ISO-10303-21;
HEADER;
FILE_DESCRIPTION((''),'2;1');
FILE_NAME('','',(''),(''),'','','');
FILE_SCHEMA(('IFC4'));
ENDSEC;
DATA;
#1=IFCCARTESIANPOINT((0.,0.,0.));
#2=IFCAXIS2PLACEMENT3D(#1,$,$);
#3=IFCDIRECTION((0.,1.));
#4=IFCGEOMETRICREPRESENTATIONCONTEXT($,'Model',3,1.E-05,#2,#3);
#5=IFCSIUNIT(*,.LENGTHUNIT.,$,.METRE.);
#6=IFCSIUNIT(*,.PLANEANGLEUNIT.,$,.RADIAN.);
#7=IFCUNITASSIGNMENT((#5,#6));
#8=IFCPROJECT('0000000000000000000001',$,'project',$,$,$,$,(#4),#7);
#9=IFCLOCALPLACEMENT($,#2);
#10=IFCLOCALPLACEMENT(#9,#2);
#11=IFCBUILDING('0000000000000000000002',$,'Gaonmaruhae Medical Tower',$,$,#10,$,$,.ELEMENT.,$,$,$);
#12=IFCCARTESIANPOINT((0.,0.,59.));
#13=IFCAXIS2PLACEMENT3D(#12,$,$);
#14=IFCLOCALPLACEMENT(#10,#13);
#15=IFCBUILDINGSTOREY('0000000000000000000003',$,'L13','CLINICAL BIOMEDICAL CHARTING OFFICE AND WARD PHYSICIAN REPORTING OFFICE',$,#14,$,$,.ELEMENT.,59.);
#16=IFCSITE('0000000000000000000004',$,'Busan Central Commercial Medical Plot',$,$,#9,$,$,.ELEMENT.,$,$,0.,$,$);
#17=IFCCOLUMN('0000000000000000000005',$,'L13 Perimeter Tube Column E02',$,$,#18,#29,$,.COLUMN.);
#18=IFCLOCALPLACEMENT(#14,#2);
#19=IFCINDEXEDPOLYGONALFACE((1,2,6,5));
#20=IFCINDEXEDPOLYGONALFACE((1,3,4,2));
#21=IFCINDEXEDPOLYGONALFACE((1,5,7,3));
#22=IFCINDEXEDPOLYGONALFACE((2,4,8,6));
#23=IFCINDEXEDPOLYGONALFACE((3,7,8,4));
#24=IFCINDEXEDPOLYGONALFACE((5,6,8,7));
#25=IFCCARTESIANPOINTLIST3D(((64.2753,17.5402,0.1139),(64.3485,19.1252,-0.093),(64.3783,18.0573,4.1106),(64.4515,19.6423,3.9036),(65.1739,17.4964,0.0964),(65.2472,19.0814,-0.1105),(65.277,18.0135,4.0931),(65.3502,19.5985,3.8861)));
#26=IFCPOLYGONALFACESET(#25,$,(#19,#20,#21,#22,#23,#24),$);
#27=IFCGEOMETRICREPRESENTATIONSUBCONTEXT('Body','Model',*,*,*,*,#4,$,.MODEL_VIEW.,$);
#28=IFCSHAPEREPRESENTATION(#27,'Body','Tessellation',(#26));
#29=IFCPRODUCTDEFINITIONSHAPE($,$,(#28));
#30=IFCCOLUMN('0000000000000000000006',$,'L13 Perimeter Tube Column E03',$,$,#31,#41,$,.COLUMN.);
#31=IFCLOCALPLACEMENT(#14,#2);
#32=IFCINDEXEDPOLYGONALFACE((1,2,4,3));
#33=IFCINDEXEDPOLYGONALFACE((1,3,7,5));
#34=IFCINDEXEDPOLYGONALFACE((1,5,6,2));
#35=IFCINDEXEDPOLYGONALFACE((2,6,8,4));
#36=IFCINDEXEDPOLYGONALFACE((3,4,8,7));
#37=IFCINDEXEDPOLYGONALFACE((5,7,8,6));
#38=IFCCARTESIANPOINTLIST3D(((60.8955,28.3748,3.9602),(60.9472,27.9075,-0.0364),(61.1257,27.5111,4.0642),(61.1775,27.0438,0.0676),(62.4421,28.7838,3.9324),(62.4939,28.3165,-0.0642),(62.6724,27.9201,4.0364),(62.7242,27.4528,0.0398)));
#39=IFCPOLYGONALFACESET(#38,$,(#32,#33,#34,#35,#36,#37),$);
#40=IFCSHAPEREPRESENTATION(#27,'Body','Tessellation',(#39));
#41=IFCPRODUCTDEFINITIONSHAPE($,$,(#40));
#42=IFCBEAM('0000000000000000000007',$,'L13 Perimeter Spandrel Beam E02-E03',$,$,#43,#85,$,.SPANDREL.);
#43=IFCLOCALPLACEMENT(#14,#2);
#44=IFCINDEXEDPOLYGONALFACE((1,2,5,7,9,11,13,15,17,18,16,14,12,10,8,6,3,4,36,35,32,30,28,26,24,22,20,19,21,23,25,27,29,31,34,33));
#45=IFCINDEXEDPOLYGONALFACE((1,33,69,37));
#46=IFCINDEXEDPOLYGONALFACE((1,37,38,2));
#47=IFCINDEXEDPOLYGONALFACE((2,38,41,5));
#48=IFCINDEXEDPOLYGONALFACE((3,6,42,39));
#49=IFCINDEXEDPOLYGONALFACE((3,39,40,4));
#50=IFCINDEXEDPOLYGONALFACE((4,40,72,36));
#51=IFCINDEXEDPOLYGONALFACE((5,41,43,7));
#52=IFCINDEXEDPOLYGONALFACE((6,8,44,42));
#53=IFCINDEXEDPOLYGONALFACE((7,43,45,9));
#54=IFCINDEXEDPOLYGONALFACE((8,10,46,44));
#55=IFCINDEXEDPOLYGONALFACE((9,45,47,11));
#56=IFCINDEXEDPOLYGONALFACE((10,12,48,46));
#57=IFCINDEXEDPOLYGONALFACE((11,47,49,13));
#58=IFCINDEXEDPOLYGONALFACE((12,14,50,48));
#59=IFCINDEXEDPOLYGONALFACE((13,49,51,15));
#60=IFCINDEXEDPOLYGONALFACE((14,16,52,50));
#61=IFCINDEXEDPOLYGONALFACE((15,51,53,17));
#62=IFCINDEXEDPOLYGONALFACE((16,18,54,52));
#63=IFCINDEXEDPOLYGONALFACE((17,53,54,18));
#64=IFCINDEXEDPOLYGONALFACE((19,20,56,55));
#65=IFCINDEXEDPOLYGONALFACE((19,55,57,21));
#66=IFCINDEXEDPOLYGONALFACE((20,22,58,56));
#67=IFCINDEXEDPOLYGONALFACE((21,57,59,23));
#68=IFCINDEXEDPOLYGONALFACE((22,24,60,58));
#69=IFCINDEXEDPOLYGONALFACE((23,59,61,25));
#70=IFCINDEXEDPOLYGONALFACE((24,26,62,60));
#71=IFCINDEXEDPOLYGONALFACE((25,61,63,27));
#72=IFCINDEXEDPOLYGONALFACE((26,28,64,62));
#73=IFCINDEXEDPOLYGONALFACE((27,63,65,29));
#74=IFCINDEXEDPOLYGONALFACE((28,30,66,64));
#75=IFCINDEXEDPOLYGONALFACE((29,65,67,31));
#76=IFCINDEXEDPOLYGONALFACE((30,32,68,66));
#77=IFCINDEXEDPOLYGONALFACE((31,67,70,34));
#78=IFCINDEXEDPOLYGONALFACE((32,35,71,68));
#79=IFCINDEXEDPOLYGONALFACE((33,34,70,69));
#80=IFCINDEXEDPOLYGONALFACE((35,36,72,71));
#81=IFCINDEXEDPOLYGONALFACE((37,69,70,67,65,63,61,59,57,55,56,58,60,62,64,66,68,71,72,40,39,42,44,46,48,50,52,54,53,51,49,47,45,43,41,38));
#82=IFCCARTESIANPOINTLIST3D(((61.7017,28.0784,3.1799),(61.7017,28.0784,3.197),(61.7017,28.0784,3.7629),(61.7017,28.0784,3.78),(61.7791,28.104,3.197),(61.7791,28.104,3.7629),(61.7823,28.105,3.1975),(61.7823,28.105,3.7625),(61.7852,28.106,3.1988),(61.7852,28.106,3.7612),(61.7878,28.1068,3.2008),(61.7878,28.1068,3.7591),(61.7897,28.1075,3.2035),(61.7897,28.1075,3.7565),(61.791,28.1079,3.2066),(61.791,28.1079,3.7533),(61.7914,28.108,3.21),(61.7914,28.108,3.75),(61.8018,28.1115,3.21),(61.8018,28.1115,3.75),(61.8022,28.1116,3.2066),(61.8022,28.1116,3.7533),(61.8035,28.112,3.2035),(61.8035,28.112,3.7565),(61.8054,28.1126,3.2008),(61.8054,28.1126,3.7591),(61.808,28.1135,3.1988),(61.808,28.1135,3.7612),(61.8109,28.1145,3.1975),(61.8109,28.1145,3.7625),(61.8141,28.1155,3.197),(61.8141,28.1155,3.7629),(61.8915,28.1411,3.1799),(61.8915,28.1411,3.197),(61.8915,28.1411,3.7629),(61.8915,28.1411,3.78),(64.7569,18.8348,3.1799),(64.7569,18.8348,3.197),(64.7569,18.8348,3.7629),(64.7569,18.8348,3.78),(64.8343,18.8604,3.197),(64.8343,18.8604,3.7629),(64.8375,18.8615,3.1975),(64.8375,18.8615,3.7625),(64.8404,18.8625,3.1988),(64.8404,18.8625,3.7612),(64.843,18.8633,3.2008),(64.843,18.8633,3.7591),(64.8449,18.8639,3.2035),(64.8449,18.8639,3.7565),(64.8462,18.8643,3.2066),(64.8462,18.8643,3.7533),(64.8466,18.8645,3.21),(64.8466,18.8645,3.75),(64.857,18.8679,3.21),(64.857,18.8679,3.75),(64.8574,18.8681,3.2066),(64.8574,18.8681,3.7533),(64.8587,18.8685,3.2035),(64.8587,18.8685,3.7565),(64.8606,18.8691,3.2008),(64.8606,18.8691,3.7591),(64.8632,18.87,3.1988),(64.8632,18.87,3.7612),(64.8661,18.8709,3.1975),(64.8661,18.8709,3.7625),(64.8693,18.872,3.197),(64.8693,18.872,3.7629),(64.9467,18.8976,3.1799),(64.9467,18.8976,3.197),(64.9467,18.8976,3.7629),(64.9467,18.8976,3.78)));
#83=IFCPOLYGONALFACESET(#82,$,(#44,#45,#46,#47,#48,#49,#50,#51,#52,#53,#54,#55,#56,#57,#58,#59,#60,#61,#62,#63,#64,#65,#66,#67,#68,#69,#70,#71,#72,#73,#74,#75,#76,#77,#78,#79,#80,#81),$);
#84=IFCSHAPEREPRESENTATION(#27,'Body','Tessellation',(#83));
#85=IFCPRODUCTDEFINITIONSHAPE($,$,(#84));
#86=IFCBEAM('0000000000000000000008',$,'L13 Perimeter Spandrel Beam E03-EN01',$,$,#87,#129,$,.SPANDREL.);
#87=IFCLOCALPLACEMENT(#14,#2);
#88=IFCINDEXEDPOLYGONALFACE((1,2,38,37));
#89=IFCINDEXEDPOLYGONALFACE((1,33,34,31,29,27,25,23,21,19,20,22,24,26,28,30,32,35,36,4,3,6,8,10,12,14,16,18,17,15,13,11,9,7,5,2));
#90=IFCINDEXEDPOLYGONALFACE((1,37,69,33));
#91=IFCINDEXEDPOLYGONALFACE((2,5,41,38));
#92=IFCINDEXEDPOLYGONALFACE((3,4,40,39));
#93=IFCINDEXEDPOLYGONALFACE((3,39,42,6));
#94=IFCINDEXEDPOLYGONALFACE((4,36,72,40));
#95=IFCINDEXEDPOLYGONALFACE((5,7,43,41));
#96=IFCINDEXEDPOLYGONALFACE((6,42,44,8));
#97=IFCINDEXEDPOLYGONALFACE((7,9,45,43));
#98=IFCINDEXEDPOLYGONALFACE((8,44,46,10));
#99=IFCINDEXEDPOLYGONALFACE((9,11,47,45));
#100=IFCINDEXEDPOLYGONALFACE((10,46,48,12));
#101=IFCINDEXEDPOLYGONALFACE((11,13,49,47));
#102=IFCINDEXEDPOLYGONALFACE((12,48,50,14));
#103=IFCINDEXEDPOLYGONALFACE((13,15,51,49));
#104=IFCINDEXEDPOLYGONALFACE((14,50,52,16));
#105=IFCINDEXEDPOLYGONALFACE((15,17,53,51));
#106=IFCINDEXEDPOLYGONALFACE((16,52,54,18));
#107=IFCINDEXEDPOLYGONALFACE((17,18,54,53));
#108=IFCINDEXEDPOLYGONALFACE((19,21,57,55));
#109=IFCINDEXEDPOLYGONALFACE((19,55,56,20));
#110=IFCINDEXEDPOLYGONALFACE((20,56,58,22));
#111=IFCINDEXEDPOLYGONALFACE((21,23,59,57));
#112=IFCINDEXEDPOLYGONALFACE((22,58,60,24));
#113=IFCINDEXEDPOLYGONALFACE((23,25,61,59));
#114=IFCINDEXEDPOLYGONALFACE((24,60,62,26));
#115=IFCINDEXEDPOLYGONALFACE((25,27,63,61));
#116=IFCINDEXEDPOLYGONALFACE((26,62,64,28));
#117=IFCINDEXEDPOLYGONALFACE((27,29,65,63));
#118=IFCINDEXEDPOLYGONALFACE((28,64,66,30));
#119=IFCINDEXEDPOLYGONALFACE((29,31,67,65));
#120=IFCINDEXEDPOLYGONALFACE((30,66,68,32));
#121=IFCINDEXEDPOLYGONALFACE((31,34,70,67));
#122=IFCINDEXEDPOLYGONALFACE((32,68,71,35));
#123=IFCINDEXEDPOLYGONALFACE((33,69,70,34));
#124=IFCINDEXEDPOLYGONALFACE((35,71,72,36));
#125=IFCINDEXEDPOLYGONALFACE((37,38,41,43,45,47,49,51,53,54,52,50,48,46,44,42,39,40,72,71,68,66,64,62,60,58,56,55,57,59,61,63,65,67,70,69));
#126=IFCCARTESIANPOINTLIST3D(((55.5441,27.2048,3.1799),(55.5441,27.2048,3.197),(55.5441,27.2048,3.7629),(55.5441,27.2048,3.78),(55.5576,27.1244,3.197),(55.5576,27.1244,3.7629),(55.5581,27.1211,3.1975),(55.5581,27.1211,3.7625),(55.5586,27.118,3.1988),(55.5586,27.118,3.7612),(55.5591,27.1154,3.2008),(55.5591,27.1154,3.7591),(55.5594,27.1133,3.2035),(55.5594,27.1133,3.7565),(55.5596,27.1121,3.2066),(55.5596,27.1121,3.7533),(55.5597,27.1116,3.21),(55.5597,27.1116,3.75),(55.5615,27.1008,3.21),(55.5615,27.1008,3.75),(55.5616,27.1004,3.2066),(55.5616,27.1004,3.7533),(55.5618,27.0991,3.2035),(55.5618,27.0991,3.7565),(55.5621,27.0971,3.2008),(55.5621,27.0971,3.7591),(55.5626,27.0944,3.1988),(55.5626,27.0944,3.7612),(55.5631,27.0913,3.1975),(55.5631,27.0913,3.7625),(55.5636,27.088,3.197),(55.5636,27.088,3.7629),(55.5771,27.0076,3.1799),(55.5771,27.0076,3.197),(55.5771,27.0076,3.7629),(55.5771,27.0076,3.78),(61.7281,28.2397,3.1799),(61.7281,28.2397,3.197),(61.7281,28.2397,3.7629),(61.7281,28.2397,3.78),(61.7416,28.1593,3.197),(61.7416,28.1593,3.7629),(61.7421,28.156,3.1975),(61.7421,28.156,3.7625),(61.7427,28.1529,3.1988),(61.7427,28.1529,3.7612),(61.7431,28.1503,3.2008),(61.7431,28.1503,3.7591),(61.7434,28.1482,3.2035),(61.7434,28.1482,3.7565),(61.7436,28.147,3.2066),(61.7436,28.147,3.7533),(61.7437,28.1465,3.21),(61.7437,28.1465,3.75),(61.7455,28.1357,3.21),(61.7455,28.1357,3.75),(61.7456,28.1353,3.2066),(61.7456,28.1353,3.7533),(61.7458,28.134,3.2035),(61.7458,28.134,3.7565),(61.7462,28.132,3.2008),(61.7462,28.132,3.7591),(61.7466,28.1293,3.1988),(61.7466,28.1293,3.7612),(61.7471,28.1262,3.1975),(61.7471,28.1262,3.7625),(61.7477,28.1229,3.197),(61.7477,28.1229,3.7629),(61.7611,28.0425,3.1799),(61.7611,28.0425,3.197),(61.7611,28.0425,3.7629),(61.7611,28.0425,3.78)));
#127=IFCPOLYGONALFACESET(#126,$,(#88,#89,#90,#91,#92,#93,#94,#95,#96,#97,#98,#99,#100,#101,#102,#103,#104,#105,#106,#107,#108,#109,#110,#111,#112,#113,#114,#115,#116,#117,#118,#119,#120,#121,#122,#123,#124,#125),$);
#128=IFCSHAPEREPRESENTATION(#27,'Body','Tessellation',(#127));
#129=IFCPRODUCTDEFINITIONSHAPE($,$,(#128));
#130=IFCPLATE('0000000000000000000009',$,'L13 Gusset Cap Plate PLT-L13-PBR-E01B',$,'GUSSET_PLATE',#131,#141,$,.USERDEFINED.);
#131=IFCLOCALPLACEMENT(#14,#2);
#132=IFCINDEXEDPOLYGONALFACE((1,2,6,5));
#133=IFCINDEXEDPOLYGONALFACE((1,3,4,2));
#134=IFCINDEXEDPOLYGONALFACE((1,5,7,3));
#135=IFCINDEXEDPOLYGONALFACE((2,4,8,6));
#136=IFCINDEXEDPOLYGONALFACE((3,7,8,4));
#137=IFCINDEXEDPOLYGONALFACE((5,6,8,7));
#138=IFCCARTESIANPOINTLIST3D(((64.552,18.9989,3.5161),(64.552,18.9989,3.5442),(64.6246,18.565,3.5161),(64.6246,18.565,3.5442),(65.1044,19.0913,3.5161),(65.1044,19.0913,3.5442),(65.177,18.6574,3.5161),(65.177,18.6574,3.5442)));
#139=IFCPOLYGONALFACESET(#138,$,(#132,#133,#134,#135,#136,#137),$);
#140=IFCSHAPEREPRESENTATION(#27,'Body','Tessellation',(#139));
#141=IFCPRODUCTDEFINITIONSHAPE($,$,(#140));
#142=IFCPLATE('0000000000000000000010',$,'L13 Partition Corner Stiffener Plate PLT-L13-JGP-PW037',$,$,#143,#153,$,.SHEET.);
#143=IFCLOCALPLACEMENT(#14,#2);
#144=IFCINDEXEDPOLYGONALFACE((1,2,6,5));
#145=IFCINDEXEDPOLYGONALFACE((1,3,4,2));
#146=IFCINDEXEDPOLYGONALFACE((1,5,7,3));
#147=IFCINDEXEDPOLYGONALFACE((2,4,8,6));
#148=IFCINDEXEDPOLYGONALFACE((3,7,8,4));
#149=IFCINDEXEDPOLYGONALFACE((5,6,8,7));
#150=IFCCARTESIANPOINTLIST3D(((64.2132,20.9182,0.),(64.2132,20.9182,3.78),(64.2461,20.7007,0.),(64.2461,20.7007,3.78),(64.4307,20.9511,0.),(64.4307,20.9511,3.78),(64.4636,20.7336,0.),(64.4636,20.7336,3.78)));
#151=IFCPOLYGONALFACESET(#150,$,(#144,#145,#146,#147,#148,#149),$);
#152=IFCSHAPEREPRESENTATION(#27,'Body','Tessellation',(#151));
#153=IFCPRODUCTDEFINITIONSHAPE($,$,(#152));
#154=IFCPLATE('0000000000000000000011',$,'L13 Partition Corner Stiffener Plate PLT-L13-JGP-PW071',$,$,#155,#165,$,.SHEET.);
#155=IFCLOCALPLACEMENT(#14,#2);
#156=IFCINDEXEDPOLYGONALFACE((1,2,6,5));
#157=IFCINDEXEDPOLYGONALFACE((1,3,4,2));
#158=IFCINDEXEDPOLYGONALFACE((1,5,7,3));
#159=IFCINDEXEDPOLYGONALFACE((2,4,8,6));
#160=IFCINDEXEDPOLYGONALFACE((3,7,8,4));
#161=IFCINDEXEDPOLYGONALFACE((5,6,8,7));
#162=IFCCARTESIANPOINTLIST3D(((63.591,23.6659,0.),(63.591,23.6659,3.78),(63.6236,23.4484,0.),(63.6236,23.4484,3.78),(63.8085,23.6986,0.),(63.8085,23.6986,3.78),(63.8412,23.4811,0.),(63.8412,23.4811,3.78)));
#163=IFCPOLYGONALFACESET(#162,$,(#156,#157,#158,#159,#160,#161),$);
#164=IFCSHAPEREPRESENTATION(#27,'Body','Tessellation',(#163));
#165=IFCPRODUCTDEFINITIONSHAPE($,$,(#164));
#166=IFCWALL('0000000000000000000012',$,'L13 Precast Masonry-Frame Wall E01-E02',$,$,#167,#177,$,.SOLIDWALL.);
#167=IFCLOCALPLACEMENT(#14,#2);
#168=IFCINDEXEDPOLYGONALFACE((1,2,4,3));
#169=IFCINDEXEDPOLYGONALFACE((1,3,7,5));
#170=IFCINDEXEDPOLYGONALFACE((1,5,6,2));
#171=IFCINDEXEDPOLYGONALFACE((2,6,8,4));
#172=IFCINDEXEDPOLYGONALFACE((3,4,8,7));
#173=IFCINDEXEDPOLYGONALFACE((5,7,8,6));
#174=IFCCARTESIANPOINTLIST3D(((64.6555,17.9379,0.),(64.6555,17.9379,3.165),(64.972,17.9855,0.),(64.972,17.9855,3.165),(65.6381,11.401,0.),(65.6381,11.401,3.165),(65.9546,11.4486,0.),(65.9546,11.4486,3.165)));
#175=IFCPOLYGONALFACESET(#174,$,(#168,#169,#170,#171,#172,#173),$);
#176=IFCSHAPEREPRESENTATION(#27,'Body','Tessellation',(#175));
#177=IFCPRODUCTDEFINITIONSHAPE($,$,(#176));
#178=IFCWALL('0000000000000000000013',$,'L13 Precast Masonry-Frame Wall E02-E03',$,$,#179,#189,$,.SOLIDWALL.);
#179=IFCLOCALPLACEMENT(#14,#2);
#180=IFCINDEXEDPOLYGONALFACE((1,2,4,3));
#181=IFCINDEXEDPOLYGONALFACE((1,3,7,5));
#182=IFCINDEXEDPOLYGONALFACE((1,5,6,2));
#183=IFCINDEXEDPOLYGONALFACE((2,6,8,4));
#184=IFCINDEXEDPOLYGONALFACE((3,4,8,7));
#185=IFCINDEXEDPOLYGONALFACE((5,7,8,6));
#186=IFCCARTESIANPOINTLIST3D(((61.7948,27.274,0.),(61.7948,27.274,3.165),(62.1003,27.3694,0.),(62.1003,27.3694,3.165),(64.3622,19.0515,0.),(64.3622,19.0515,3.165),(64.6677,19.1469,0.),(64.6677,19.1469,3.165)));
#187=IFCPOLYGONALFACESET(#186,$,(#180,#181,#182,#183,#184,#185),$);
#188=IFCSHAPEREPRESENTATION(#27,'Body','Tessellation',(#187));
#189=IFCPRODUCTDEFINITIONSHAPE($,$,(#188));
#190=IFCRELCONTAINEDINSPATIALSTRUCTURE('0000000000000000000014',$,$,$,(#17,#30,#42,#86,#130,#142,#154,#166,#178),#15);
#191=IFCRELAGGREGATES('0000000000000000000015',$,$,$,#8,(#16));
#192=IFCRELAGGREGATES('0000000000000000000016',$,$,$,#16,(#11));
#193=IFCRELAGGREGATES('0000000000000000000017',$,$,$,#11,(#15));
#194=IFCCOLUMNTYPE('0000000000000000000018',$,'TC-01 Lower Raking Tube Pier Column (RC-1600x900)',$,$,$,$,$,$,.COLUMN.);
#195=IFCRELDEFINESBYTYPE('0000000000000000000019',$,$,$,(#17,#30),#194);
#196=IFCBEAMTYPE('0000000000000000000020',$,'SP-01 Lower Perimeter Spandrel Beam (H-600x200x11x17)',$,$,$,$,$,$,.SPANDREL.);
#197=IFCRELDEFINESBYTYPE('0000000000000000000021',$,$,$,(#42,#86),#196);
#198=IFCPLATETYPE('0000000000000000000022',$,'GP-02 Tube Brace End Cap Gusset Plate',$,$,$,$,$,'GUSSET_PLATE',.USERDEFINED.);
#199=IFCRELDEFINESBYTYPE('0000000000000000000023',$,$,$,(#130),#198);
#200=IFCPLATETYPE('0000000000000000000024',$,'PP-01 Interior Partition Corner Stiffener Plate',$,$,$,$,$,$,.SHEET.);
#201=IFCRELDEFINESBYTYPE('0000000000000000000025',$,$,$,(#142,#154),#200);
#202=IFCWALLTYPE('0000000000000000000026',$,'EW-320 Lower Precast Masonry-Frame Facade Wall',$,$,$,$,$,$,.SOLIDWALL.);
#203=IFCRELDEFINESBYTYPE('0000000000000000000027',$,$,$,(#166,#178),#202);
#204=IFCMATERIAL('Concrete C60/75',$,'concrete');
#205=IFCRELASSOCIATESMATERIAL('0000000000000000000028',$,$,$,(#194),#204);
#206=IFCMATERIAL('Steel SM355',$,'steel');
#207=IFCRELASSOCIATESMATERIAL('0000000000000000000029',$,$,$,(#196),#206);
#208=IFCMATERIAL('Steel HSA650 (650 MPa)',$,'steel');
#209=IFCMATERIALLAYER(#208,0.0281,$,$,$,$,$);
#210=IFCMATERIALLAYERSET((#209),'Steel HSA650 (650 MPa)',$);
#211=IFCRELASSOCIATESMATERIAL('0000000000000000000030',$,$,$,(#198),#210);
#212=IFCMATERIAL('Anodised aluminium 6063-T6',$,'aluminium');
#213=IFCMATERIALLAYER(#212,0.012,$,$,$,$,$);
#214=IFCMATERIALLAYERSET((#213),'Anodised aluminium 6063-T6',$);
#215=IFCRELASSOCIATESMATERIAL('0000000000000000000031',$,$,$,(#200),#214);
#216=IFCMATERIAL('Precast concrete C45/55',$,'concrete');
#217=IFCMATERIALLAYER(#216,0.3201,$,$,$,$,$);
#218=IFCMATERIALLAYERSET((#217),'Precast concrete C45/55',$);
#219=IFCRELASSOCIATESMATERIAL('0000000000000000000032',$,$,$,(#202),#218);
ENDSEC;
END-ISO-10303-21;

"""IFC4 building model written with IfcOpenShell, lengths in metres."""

from ifc_helpers import new_model, si_unit, direction, frame, frame_2d, origin, origin_2d, place, context, subcontext, project, spatial, rectangle, i_section, extrude, material, layer, layer_set, material_profile, profile_set, type_object, element, save


model = new_model("IFC4")

# Units and contexts
model_context = context("Model", 3, precision=1e-05, world=origin(), true_north=direction((0.0, 1.0)))
body_context = subcontext(model_context, "Body", "Model", "MODEL_VIEW")
ifc_project = project(units=[si_unit("LENGTHUNIT", "METRE"), si_unit("PLANEANGLEUNIT", "RADIAN")], contexts=[model_context])

# Site, building, storey
site_placement = place(None, origin())
site = spatial("IfcSite", under=ifc_project, at=site_placement, Name="Busan Central Commercial Medical Plot", CompositionType="ELEMENT", RefElevation=0.0)
building_placement = place(site_placement, origin())
building = spatial("IfcBuilding", under=site, at=building_placement, Name="Gaonmaruhae Medical Tower", CompositionType="ELEMENT")
storey_placement = place(building_placement, frame((0.0, 0.0, 59.0)))
storey = spatial("IfcBuildingStorey", under=building, at=storey_placement, Name="L13", Description="CLINICAL BIOMEDICAL CHARTING OFFICE AND WARD PHYSICIAN REPORTING OFFICE", CompositionType="ELEMENT", Elevation=59.0)

# Columns
ifc_material_1 = material(Name="Concrete C60/75", Category="concrete")
ifc_material_profile_1 = material_profile(ifc_material_1, rectangle(XDim=1.6001, YDim=0.8999, at=origin_2d()), Name="RC-1600x900")
ifc_profile_set_1 = profile_set([ifc_material_profile_1], Name="Concrete C60/75")
column_type = type_object("IfcColumnType", Name="TC-01 Lower Raking Tube Pier Column (RC-1600x900)", PredefinedType="COLUMN", material=ifc_profile_set_1)
column_1_placement = place(storey_placement, frame((64.7612, 18.3108, 0.0017), z_axis=(0.025557, 0.128272, 0.99141), x_axis=(-0.045766, -0.990544, 0.129339)))
element("IfcColumn", 1, at=column_1_placement, inside=storey, type_object=column_type, Name="L13 Perimeter Tube Column E02", PredefinedType="COLUMN", context=body_context, shape_type="SweptSolid", body=[
    extrude(rectangle(XDim=1.6001, YDim=0.8999, at=origin_2d()), origin(), (0.0, 0.0, 1.0), 4.0312),
])
column_2_placement = place(storey_placement, frame((61.8357, 27.6802, 0.0017), z_axis=(-0.012862, 0.116121, 0.993152), x_axis=(-0.966621, -0.255623, 0.017369)))
element("IfcColumn", 2, at=column_2_placement, inside=storey, type_object=column_type, Name="L13 Perimeter Tube Column E03", PredefinedType="COLUMN", context=body_context, shape_type="SweptSolid", body=[
    extrude(rectangle(XDim=1.6001, YDim=0.8999, at=origin_2d()), origin(), (0.0, 0.0, 1.0), 4.0242),
])

# Beams
ifc_material_2 = material(Name="Steel SM355", Category="steel")
ifc_material_profile_2 = material_profile(ifc_material_2, i_section(OverallWidth=0.2, OverallDepth=0.6001, WebThickness=0.011, FlangeThickness=0.0171, FilletRadius=0.0129, at=origin_2d()), Name="H-600x200x11x17")
ifc_profile_set_2 = profile_set([ifc_material_profile_2], Name="Steel SM355")
beam_type = type_object("IfcBeamType", Name="SP-01 Lower Perimeter Spandrel Beam (H-600x200x11x17)", PredefinedType="SPANDREL", material=ifc_profile_set_2)
beam_1_placement = place(storey_placement, frame((64.8518, 18.8662, 3.48), z_axis=(-0.313827, 0.94948, 0.0), x_axis=(-0.94948, -0.313827, 0.0)))
element("IfcBeam", 3, at=beam_1_placement, inside=storey, type_object=beam_type, Name="L13 Perimeter Spandrel Beam E02-E03", PredefinedType="SPANDREL", context=body_context, shape_type="SweptSolid", body=[
    extrude(i_section(OverallWidth=0.2, OverallDepth=0.6001, WebThickness=0.011, FlangeThickness=0.0171, FilletRadius=0.0129, at=origin_2d()), origin(), (0.0, 0.0, 1.0), 9.7354),
])
beam_2_placement = place(storey_placement, frame((61.7446, 28.1411, 3.48), z_axis=(-0.986284, -0.165056, 0.0), x_axis=(0.165056, -0.986284, 0.0)))
element("IfcBeam", 4, at=beam_2_placement, inside=storey, type_object=beam_type, Name="L13 Perimeter Spandrel Beam E03-EN01", PredefinedType="SPANDREL", context=body_context, shape_type="SweptSolid", body=[
    extrude(i_section(OverallWidth=0.2, OverallDepth=0.6001, WebThickness=0.011, FlangeThickness=0.0171, FilletRadius=0.0129, at=origin_2d()), origin(), (0.0, 0.0, 1.0), 6.27),
])

# Plates
ifc_material_3 = material(Name="Steel HSA650 (650 MPa)", Category="steel")
ifc_layer_1 = layer(ifc_material_3, 0.0281)
ifc_layer_set_1 = layer_set([ifc_layer_1], Name="Steel HSA650 (650 MPa)")
plate_type_1 = type_object("IfcPlateType", Name="GP-02 Tube Brace End Cap Gusset Plate", ElementType="GUSSET_PLATE", PredefinedType="USERDEFINED", material=ifc_layer_set_1)
plate_placement = place(storey_placement, frame((64.8645, 18.8281, 3.5161), z_axis=(0.0, 0.0, 1.0), x_axis=(0.986286, 0.165048, 0.0)))
element("IfcPlate", 5, at=plate_placement, inside=storey, type_object=plate_type_1, Name="L13 Gusset Cap Plate PLT-L13-PBR-E01B", ObjectType="GUSSET_PLATE", PredefinedType="USERDEFINED", context=body_context, shape_type="SweptSolid", body=[
    extrude(rectangle(XDim=0.5601, YDim=0.4399, at=origin_2d()), origin(), (0.0, 0.0, 1.0), 0.0281),
])
ifc_material_4 = material(Name="Anodised aluminium 6063-T6", Category="aluminium")
ifc_layer_2 = layer(ifc_material_4, 0.012)
ifc_layer_set_2 = layer_set([ifc_layer_2], Name="Anodised aluminium 6063-T6")
plate_type_2 = type_object("IfcPlateType", Name="PP-01 Interior Partition Corner Stiffener Plate", PredefinedType="SHEET", material=ifc_layer_set_2)
for number, where, z_axis, x_axis, name in (
    (6, (64.3384, 20.8259, 0.0), (0.0, 0.0, 1.0), (0.988746, 0.149604, 0.0), "L13 Partition Corner Stiffener Plate PLT-L13-JGP-PW037"),
    (7, (63.7161, 23.5735, 0.0), (0.0, 0.0, 1.0), (-0.988902, -0.148569, 0.0), "L13 Partition Corner Stiffener Plate PLT-L13-JGP-PW071"),
):
    element("IfcPlate", number, at=place(storey_placement, frame(where, z_axis=z_axis, x_axis=x_axis)), inside=storey, type_object=plate_type_2, Name=name, PredefinedType="SHEET", context=body_context, shape_type="SweptSolid", body=[
        extrude(rectangle(XDim=0.22, YDim=0.22, at=origin_2d()), origin(), (0.0, 0.0, 1.0), 3.78),
    ])

# Walls
ifc_material_5 = material(Name="Precast concrete C45/55", Category="concrete")
ifc_layer_3 = layer(ifc_material_5, 0.3201)
ifc_layer_set_3 = layer_set([ifc_layer_3], Name="Precast concrete C45/55")
wall_type_1 = type_object("IfcWallType", Name="EW-320 Lower Precast Masonry-Frame Facade Wall", PredefinedType="SOLIDWALL", material=ifc_layer_set_3)
wall_1_placement = place(storey_placement, frame((64.8137, 17.9617, 0.0), z_axis=(0.0, 0.0, 1.0), x_axis=(0.148657, -0.988889, 0.0)))
element("IfcWall", 8, at=wall_1_placement, inside=storey, type_object=wall_type_1, Name="L13 Precast Masonry-Frame Wall E01-E02", PredefinedType="SOLIDWALL", context=body_context, shape_type="SweptSolid", body=[
    extrude(rectangle(XDim=6.6104, YDim=0.3201, at=frame_2d((3.3052, 0.0))), origin(), (0.0, 0.0, 1.0), 3.165),
])
wall_2_placement = place(storey_placement, frame((61.9475, 27.3218, 0.0), z_axis=(0.0, 0.0, 1.0), x_axis=(0.298051, -0.95455, 0.0)))
element("IfcWall", 9, at=wall_2_placement, inside=storey, type_object=wall_type_1, Name="L13 Precast Masonry-Frame Wall E02-E03", PredefinedType="SOLIDWALL", context=body_context, shape_type="SweptSolid", body=[
    extrude(rectangle(XDim=8.614, YDim=0.3201, at=frame_2d((4.3071, 0.0))), origin(), (0.0, 0.0, 1.0), 3.165),
])

save(model, "model.ifc")
